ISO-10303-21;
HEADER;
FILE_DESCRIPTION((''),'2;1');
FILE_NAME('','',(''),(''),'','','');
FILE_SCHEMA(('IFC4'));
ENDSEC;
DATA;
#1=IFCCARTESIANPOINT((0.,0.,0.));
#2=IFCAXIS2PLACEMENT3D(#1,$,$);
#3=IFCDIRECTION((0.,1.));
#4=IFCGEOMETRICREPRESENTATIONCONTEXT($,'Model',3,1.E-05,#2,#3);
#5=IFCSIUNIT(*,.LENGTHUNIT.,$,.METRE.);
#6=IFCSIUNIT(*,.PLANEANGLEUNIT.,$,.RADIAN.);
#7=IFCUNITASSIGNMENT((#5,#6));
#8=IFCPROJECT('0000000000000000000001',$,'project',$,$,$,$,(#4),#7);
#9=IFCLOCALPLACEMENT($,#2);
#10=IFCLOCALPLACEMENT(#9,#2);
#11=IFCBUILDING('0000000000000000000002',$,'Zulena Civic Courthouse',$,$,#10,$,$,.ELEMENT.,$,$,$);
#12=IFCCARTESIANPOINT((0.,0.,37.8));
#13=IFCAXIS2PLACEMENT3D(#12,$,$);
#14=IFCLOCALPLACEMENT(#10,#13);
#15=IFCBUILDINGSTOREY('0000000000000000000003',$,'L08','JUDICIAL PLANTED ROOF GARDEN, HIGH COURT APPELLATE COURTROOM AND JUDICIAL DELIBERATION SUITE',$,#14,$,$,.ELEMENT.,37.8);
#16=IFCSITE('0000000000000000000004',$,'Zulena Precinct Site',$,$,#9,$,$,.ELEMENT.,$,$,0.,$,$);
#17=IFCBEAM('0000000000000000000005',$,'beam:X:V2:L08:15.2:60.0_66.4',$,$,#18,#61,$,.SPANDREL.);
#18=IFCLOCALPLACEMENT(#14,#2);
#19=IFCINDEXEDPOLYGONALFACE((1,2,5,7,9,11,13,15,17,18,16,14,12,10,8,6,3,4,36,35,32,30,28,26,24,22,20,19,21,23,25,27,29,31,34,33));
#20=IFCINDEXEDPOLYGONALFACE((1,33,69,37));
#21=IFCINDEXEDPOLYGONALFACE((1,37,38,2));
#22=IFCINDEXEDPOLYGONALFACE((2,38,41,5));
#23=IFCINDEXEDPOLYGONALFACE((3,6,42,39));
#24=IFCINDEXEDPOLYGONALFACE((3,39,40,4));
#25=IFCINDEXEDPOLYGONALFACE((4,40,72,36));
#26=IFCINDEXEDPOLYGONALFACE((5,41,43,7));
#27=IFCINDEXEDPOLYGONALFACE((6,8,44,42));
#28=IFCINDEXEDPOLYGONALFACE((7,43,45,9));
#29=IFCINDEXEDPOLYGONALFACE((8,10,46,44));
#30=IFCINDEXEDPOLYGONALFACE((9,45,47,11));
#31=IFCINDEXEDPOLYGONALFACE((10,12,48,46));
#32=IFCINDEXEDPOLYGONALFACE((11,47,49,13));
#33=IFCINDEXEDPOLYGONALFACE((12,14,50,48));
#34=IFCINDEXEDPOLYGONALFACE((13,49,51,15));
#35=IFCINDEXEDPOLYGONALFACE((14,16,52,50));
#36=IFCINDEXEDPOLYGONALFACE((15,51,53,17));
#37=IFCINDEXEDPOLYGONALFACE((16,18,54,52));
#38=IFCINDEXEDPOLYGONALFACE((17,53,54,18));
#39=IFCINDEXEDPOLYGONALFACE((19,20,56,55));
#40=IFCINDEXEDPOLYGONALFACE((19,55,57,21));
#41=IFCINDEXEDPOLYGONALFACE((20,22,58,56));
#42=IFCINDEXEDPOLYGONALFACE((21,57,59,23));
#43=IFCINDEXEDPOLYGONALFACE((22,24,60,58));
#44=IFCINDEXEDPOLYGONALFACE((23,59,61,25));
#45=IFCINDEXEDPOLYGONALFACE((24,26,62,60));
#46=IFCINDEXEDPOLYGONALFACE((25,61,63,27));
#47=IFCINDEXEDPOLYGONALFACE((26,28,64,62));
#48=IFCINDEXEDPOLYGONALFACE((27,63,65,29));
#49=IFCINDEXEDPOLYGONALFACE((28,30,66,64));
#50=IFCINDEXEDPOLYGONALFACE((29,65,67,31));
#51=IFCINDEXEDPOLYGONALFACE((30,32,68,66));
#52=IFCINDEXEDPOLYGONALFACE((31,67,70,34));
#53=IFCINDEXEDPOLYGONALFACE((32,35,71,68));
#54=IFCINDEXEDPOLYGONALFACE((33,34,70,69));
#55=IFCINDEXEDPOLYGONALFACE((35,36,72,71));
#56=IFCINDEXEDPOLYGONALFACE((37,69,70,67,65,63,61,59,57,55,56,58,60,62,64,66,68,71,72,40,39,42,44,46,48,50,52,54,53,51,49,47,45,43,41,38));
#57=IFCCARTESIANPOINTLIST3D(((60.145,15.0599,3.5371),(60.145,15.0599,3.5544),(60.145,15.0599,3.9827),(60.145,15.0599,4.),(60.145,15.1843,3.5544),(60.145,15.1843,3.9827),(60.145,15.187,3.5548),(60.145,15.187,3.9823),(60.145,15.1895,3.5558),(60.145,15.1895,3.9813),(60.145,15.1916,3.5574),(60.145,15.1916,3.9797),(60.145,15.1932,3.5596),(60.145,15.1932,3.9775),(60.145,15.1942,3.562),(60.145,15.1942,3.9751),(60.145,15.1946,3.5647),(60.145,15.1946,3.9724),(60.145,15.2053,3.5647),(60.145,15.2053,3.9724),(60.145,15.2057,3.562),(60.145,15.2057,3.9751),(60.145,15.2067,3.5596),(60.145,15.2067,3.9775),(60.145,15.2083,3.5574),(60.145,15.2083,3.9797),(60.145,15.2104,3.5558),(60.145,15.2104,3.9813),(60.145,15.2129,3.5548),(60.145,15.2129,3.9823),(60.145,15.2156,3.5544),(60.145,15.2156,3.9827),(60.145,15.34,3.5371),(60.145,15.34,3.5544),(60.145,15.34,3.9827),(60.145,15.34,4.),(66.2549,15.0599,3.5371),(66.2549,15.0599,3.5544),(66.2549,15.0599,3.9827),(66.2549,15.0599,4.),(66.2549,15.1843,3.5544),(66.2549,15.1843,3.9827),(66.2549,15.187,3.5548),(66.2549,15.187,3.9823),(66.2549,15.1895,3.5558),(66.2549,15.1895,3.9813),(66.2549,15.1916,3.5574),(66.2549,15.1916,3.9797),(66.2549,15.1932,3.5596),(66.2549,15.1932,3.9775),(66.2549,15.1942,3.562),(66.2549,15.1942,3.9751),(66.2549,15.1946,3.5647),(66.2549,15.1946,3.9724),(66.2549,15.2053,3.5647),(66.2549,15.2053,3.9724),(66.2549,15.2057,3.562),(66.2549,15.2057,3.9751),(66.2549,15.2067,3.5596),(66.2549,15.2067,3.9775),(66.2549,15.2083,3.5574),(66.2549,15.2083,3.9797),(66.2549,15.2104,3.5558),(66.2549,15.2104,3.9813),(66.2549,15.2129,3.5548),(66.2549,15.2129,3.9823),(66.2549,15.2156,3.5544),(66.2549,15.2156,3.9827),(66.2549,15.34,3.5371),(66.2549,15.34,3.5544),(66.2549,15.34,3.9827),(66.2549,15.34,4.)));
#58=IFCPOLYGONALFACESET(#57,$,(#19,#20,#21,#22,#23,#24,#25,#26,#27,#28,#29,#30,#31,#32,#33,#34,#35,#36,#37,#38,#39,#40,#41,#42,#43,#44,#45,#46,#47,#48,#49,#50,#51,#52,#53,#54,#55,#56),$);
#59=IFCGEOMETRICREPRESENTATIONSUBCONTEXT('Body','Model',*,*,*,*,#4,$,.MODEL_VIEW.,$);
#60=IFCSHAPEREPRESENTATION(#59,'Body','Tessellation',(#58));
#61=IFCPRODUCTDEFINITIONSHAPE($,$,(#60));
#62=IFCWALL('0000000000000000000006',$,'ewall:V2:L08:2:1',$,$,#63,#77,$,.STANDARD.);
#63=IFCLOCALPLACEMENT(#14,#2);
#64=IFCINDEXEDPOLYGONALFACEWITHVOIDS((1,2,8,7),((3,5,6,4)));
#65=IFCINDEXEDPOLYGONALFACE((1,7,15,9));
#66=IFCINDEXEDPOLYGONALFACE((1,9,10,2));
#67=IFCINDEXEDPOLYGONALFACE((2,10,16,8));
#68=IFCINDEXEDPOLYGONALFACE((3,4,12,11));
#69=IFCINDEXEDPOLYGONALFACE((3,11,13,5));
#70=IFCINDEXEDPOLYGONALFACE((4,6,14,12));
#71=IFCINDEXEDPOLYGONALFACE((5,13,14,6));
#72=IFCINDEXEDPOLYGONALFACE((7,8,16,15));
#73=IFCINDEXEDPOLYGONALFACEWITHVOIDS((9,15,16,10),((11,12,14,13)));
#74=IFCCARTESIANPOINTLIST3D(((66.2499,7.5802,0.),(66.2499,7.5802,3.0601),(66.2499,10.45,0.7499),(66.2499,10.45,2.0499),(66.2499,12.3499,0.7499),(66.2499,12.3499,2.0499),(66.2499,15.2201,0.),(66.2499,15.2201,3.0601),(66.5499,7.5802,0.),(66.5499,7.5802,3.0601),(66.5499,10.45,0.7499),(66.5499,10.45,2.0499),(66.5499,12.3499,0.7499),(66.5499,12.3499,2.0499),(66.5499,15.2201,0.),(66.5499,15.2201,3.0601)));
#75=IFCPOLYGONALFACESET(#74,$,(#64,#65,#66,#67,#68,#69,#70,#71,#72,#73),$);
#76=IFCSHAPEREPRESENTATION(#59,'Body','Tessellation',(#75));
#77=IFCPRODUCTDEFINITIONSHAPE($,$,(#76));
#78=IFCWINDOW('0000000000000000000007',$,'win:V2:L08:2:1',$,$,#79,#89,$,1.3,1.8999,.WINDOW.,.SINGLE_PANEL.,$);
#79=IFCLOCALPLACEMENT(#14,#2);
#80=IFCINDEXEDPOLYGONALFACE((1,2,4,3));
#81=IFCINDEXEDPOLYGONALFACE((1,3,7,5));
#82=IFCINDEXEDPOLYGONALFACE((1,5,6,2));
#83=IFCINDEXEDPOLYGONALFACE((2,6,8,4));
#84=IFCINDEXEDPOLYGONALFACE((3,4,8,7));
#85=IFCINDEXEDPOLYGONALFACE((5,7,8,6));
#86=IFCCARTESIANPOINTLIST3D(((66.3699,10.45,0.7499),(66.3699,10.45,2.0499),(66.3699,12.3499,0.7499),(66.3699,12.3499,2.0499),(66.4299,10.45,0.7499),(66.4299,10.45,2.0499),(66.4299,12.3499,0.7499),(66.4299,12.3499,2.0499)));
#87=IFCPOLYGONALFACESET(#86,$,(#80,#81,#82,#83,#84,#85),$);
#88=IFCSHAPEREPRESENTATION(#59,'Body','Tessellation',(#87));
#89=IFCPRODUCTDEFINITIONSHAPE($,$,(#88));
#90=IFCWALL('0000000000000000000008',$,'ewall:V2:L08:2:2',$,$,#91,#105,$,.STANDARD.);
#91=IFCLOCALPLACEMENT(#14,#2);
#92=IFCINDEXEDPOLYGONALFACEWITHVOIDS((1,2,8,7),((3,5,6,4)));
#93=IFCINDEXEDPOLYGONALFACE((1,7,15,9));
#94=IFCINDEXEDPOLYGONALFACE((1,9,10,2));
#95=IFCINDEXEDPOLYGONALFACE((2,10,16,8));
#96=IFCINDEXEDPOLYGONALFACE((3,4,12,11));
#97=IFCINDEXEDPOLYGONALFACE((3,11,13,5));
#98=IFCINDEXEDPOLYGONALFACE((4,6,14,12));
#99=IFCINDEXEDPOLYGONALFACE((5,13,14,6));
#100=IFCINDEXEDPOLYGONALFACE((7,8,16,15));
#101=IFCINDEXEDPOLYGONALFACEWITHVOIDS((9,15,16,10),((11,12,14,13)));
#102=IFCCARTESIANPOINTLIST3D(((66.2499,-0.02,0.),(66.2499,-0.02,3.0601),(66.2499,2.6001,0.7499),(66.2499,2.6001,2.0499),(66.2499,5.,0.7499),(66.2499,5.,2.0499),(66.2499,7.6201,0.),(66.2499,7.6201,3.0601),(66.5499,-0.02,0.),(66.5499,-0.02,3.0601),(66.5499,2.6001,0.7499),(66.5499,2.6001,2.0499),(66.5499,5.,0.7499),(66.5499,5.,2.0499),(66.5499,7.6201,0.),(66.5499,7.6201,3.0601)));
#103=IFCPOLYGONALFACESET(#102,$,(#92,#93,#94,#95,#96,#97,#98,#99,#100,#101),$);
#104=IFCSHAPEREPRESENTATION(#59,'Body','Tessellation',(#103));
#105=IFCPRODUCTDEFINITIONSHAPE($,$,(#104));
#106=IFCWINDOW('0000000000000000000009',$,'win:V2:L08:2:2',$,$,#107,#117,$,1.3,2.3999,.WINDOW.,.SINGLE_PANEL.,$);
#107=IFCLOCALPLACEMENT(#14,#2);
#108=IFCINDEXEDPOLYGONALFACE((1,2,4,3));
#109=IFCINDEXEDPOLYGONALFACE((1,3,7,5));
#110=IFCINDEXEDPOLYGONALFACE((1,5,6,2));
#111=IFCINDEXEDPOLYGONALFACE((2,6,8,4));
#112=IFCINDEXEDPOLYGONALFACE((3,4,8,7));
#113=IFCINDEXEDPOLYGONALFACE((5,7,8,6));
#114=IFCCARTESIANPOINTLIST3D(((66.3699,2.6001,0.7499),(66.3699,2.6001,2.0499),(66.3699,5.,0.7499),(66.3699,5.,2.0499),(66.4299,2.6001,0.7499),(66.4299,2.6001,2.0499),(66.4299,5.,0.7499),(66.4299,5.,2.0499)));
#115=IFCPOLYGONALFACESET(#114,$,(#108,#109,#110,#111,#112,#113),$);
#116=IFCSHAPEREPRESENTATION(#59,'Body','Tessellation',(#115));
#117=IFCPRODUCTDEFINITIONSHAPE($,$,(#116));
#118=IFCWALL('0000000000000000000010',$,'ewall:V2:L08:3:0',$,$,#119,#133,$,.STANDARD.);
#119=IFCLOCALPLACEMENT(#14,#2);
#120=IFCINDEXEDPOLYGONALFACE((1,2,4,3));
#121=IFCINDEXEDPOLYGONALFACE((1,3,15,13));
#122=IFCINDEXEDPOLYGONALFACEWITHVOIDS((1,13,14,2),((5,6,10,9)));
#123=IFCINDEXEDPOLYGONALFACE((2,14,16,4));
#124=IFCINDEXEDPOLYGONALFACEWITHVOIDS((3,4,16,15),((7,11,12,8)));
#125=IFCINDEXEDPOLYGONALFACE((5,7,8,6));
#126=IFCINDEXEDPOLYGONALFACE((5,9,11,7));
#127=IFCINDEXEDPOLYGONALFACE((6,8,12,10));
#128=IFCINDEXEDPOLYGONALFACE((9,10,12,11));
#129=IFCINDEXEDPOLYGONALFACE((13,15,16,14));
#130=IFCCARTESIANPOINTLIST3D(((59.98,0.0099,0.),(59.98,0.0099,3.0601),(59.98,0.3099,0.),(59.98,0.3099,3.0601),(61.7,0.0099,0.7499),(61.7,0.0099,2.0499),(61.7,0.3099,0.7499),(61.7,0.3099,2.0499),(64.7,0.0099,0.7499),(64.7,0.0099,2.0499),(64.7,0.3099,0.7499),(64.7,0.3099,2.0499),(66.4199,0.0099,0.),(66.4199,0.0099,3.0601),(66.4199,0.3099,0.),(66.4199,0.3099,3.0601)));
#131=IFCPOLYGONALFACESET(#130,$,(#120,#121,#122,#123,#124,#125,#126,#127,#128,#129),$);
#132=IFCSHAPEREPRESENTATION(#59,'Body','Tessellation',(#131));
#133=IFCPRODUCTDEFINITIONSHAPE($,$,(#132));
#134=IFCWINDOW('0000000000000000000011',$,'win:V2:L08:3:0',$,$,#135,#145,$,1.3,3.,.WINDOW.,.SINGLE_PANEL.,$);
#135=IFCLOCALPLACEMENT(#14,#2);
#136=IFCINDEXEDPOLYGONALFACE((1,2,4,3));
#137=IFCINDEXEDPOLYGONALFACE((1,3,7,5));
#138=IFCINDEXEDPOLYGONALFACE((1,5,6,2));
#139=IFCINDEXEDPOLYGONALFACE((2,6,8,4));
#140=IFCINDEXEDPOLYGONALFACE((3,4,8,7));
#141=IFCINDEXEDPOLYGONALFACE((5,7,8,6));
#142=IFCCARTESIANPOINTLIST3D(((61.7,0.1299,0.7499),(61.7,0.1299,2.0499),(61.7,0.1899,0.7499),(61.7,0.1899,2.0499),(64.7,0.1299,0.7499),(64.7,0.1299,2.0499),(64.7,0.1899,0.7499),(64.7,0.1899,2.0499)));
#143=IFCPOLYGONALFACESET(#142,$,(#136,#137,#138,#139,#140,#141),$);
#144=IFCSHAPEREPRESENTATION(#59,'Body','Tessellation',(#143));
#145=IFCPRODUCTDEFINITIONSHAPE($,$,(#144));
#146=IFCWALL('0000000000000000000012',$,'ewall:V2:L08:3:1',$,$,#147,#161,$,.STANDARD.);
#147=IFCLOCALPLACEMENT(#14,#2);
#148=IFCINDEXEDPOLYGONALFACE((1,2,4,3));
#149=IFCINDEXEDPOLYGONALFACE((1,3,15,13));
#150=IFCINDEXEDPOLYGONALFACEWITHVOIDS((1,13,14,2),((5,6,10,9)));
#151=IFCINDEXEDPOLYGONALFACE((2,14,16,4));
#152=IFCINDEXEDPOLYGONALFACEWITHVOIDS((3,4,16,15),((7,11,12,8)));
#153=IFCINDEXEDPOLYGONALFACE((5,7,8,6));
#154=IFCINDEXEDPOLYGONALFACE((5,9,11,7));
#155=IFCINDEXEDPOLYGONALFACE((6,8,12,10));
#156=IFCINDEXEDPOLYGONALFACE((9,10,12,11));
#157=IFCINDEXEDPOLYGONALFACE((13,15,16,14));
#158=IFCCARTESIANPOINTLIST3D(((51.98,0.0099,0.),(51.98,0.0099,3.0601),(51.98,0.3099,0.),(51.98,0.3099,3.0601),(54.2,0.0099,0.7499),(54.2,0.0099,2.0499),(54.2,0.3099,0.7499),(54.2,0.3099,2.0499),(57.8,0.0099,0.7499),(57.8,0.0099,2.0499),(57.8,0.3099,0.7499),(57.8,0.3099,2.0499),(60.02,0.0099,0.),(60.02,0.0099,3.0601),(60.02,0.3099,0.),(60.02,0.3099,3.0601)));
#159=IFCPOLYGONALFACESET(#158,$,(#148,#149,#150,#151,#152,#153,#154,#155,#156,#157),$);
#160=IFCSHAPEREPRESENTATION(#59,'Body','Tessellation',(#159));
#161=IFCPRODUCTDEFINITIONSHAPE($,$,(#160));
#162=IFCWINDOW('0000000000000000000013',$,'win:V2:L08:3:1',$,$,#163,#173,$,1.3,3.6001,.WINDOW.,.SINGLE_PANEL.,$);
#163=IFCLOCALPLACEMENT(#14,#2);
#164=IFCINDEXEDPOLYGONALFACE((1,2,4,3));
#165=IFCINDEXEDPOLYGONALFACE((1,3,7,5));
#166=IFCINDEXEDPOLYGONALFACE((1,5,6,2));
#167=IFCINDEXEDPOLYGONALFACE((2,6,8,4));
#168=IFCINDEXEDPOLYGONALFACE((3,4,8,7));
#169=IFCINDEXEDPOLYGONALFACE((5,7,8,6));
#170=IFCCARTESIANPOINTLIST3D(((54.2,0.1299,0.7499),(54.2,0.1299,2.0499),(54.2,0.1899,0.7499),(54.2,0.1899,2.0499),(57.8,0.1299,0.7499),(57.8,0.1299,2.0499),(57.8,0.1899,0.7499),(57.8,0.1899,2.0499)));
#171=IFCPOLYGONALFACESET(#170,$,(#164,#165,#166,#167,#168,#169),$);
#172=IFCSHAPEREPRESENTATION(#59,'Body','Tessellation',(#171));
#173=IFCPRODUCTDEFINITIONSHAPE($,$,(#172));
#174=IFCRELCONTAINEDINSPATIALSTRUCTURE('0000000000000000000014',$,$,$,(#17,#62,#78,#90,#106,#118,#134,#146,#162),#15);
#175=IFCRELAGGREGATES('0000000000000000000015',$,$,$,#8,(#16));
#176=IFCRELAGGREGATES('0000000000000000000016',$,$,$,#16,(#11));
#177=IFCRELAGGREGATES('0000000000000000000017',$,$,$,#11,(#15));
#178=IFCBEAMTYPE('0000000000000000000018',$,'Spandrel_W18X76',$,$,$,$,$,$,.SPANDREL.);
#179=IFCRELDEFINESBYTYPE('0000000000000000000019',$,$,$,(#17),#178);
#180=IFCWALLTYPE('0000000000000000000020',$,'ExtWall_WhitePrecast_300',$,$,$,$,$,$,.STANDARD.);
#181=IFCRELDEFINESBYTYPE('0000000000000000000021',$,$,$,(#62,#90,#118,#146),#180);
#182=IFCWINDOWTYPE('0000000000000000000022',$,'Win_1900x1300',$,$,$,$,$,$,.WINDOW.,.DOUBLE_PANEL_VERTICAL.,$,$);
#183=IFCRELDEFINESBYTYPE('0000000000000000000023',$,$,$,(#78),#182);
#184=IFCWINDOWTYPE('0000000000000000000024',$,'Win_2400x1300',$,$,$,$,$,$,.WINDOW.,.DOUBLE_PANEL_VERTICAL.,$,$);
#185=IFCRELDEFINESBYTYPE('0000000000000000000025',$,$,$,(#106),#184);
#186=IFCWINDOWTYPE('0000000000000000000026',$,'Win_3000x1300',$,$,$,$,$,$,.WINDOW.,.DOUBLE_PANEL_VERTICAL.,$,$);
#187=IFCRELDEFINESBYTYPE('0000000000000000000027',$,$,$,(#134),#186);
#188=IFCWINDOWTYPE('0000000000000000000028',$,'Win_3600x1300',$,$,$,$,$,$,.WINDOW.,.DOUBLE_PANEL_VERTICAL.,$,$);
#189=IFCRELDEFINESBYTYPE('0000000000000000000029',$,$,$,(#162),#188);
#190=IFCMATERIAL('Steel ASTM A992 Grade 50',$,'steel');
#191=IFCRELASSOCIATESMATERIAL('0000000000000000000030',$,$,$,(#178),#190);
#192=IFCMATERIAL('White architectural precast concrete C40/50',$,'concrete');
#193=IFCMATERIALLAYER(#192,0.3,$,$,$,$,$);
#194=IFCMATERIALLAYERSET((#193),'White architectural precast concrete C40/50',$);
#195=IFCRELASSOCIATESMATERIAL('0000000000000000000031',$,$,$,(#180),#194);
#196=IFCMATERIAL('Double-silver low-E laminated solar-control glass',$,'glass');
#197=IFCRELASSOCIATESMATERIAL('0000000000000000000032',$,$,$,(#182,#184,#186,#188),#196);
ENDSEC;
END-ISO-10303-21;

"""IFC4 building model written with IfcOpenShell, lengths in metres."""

from ifc_helpers import new_model, si_unit, direction, frame, frame_2d, origin, origin_2d, place, context, subcontext, project, spatial, rectangle, i_section, extrude, material, layer, layer_set, material_profile, profile_set, type_object, element, fill, save


model = new_model("IFC4")

# Units and contexts
model_context = context("Model", 3, precision=1e-05, world=origin(), true_north=direction((0.0, 1.0)))
body_context = subcontext(model_context, "Body", "Model", "MODEL_VIEW")
ifc_project = project(units=[si_unit("LENGTHUNIT", "METRE"), si_unit("PLANEANGLEUNIT", "RADIAN")], contexts=[model_context])

# Site, building, storey
site_placement = place(None, origin())
site = spatial("IfcSite", under=ifc_project, at=site_placement, Name="Zulena Precinct Site", CompositionType="ELEMENT", RefElevation=0.0)
building_placement = place(site_placement, origin())
building = spatial("IfcBuilding", under=site, at=building_placement, Name="Zulena Civic Courthouse", CompositionType="ELEMENT")
storey_placement = place(building_placement, frame((0.0, 0.0, 37.8)))
storey = spatial("IfcBuildingStorey", under=building, at=storey_placement, Name="L08", Description="JUDICIAL PLANTED ROOF GARDEN, HIGH COURT APPELLATE COURTROOM AND JUDICIAL DELIBERATION SUITE", CompositionType="ELEMENT", Elevation=37.8)

# Shared definitions
ifc_material_1 = material(Name="Steel ASTM A992 Grade 50", Category="steel")

# Beam
ifc_material_profile_1 = material_profile(ifc_material_1, i_section(OverallWidth=0.28, OverallDepth=0.4629, WebThickness=0.0107, FlangeThickness=0.0173, FilletRadius=0.0103, at=origin_2d()), Name="W18X76")
ifc_profile_set_1 = profile_set([ifc_material_profile_1], Name="Steel ASTM A992 Grade 50")
beam_type_1 = type_object("IfcBeamType", Name="Spandrel_W18X76", PredefinedType="SPANDREL", material=ifc_profile_set_1)
for number, where, z_axis, x_axis, name in (
    (1, (60.145, 15.2, 3.7686), (1.0, 0.0, 0.0), (0.0, 1.0, 0.0), "beam:X:V2:L08:15.2:60.0_66.4"),
):
    element("IfcBeam", number, at=place(storey_placement, frame(where, z_axis=z_axis, x_axis=x_axis)), inside=storey, type_object=beam_type_1, Name=name, PredefinedType="SPANDREL", context=body_context, shape_type="SweptSolid", body=[
        extrude(i_section(OverallWidth=0.28, OverallDepth=0.4629, WebThickness=0.0107, FlangeThickness=0.0173, FilletRadius=0.0103, at=origin_2d()), origin(), (0.0, 0.0, 1.0), 6.1099),
    ])

# Walls, openings, windows
ifc_material_2 = material(Name="White architectural precast concrete C40/50", Category="concrete")
ifc_layer_1 = layer(ifc_material_2, 0.3)
ifc_layer_set_1 = layer_set([ifc_layer_1], Name="White architectural precast concrete C40/50")
wall_type = type_object("IfcWallType", Name="ExtWall_WhitePrecast_300", PredefinedType="STANDARD", material=ifc_layer_set_1)
wall_1_placement = place(storey_placement, frame((66.3999, 15.22, 0.0), z_axis=(0.0, 0.0, 1.0), x_axis=(0.0, -1.0, 0.0)))
wall_1 = element("IfcWall", 2, at=wall_1_placement, inside=storey, type_object=wall_type, Name="ewall:V2:L08:2:1", PredefinedType="STANDARD", context=body_context, shape_type="SweptSolid", body=[
    extrude(rectangle(XDim=7.6399, YDim=0.3, at=frame_2d((3.8198, 0.0))), origin(), (0.0, 0.0, 1.0), 3.0601),
])
opening_1_placement = place(wall_1_placement, frame((2.8701, 0.0, 0.75)))
opening_1 = element("IfcOpeningElement", 3, at=opening_1_placement, cuts=wall_1, PredefinedType="OPENING", context=body_context, shape_type="SweptSolid", body=[
    extrude(rectangle(XDim=1.8999, YDim=1.3, at=frame_2d((0.95, 0.6499))), frame((0.0, 0.1599, 0.0), z_axis=(0.0, -1.0, 0.0), x_axis=(1.0, 0.0, 0.0)), (0.0, 0.0, 1.0), 0.3201),
])
ifc_material_3 = material(Name="Double-silver low-E laminated solar-control glass", Category="glass")
window_type_1 = type_object("IfcWindowType", Name="Win_1900x1300", PartitioningType="DOUBLE_PANEL_VERTICAL", PredefinedType="WINDOW", material=ifc_material_3)
window_1_placement = place(opening_1_placement, origin())
window_1 = element("IfcWindow", 4, at=window_1_placement, inside=storey, type_object=window_type_1, Name="win:V2:L08:2:1", OverallHeight=1.3, OverallWidth=1.8999, PartitioningType="SINGLE_PANEL", PredefinedType="WINDOW", context=body_context, shape_type="SweptSolid", body=[
    extrude(rectangle(XDim=1.8999, YDim=1.3, at=frame_2d((0.95, 0.6499))), frame((0.0, 0.03, 0.0), z_axis=(0.0, -1.0, 0.0), x_axis=(1.0, 0.0, 0.0)), (0.0, 0.0, 1.0), 0.0601),
])
fill(opening_1, window_1)
wall_2_placement = place(storey_placement, frame((66.3999, 7.6201, 0.0), z_axis=(0.0, 0.0, 1.0), x_axis=(0.0, -1.0, 0.0)))
wall_2 = element("IfcWall", 5, at=wall_2_placement, inside=storey, type_object=wall_type, Name="ewall:V2:L08:2:2", PredefinedType="STANDARD", context=body_context, shape_type="SweptSolid", body=[
    extrude(rectangle(XDim=7.6401, YDim=0.3, at=frame_2d((3.8201, 0.0))), origin(), (0.0, 0.0, 1.0), 3.0601),
])
opening_2_placement = place(wall_2_placement, frame((2.6201, 0.0, 0.75)))
opening_2 = element("IfcOpeningElement", 6, at=opening_2_placement, cuts=wall_2, PredefinedType="OPENING", context=body_context, shape_type="SweptSolid", body=[
    extrude(rectangle(XDim=2.3999, YDim=1.3, at=frame_2d((1.2, 0.6499))), frame((0.0, 0.1599, 0.0), z_axis=(0.0, -1.0, 0.0), x_axis=(1.0, 0.0, 0.0)), (0.0, 0.0, 1.0), 0.3201),
])
window_type_2 = type_object("IfcWindowType", Name="Win_2400x1300", PartitioningType="DOUBLE_PANEL_VERTICAL", PredefinedType="WINDOW", material=ifc_material_3)
window_2_placement = place(opening_2_placement, origin())
window_2 = element("IfcWindow", 7, at=window_2_placement, inside=storey, type_object=window_type_2, Name="win:V2:L08:2:2", OverallHeight=1.3, OverallWidth=2.3999, PartitioningType="SINGLE_PANEL", PredefinedType="WINDOW", context=body_context, shape_type="SweptSolid", body=[
    extrude(rectangle(XDim=2.3999, YDim=1.3, at=frame_2d((1.2, 0.6499))), frame((0.0, 0.03, 0.0), z_axis=(0.0, -1.0, 0.0), x_axis=(1.0, 0.0, 0.0)), (0.0, 0.0, 1.0), 0.0601),
])
fill(opening_2, window_2)
wall_3_placement = place(storey_placement, frame((66.4199, 0.1599, 0.0), z_axis=(0.0, 0.0, 1.0), x_axis=(-1.0, 0.0, 0.0)))
wall_3 = element("IfcWall", 8, at=wall_3_placement, inside=storey, type_object=wall_type, Name="ewall:V2:L08:3:0", PredefinedType="STANDARD", context=body_context, shape_type="SweptSolid", body=[
    extrude(rectangle(XDim=6.4399, YDim=0.3, at=frame_2d((3.22, 0.0))), origin(), (0.0, 0.0, 1.0), 3.0601),
])
opening_3_placement = place(wall_3_placement, frame((1.72, 0.0, 0.75)))
opening_3 = element("IfcOpeningElement", 9, at=opening_3_placement, cuts=wall_3, PredefinedType="OPENING", context=body_context, shape_type="SweptSolid", body=[
    extrude(rectangle(XDim=3.0, YDim=1.3, at=frame_2d((1.5, 0.6499))), frame((0.0, 0.1599, 0.0), z_axis=(0.0, -1.0, 0.0), x_axis=(1.0, 0.0, 0.0)), (0.0, 0.0, 1.0), 0.3201),
])
window_type_3 = type_object("IfcWindowType", Name="Win_3000x1300", PartitioningType="DOUBLE_PANEL_VERTICAL", PredefinedType="WINDOW", material=ifc_material_3)
window_3_placement = place(opening_3_placement, origin())
window_3 = element("IfcWindow", 10, at=window_3_placement, inside=storey, type_object=window_type_3, Name="win:V2:L08:3:0", OverallHeight=1.3, OverallWidth=3.0, PartitioningType="SINGLE_PANEL", PredefinedType="WINDOW", context=body_context, shape_type="SweptSolid", body=[
    extrude(rectangle(XDim=3.0, YDim=1.3, at=frame_2d((1.5, 0.6499))), frame((0.0, 0.03, 0.0), z_axis=(0.0, -1.0, 0.0), x_axis=(1.0, 0.0, 0.0)), (0.0, 0.0, 1.0), 0.0601),
])
fill(opening_3, window_3)
wall_4_placement = place(storey_placement, frame((60.02, 0.1599, 0.0), z_axis=(0.0, 0.0, 1.0), x_axis=(-1.0, 0.0, 0.0)))
wall_4 = element("IfcWall", 11, at=wall_4_placement, inside=storey, type_object=wall_type, Name="ewall:V2:L08:3:1", PredefinedType="STANDARD", context=body_context, shape_type="SweptSolid", body=[
    extrude(rectangle(XDim=8.04, YDim=0.3, at=frame_2d((4.02, 0.0))), origin(), (0.0, 0.0, 1.0), 3.0601),
])
opening_4_placement = place(wall_4_placement, frame((2.22, 0.0, 0.75)))
opening_4 = element("IfcOpeningElement", 12, at=opening_4_placement, cuts=wall_4, PredefinedType="OPENING", context=body_context, shape_type="SweptSolid", body=[
    extrude(rectangle(XDim=3.6001, YDim=1.3, at=frame_2d((1.8, 0.6499))), frame((0.0, 0.1599, 0.0), z_axis=(0.0, -1.0, 0.0), x_axis=(1.0, 0.0, 0.0)), (0.0, 0.0, 1.0), 0.3201),
])
window_type_4 = type_object("IfcWindowType", Name="Win_3600x1300", PartitioningType="DOUBLE_PANEL_VERTICAL", PredefinedType="WINDOW", material=ifc_material_3)
window_4_placement = place(opening_4_placement, origin())
window_4 = element("IfcWindow", 13, at=window_4_placement, inside=storey, type_object=window_type_4, Name="win:V2:L08:3:1", OverallHeight=1.3, OverallWidth=3.6001, PartitioningType="SINGLE_PANEL", PredefinedType="WINDOW", context=body_context, shape_type="SweptSolid", body=[
    extrude(rectangle(XDim=3.6001, YDim=1.3, at=frame_2d((1.8, 0.6499))), frame((0.0, 0.03, 0.0), z_axis=(0.0, -1.0, 0.0), x_axis=(1.0, 0.0, 0.0)), (0.0, 0.0, 1.0), 0.0601),
])
fill(opening_4, window_4)

save(model, "model.ifc")
